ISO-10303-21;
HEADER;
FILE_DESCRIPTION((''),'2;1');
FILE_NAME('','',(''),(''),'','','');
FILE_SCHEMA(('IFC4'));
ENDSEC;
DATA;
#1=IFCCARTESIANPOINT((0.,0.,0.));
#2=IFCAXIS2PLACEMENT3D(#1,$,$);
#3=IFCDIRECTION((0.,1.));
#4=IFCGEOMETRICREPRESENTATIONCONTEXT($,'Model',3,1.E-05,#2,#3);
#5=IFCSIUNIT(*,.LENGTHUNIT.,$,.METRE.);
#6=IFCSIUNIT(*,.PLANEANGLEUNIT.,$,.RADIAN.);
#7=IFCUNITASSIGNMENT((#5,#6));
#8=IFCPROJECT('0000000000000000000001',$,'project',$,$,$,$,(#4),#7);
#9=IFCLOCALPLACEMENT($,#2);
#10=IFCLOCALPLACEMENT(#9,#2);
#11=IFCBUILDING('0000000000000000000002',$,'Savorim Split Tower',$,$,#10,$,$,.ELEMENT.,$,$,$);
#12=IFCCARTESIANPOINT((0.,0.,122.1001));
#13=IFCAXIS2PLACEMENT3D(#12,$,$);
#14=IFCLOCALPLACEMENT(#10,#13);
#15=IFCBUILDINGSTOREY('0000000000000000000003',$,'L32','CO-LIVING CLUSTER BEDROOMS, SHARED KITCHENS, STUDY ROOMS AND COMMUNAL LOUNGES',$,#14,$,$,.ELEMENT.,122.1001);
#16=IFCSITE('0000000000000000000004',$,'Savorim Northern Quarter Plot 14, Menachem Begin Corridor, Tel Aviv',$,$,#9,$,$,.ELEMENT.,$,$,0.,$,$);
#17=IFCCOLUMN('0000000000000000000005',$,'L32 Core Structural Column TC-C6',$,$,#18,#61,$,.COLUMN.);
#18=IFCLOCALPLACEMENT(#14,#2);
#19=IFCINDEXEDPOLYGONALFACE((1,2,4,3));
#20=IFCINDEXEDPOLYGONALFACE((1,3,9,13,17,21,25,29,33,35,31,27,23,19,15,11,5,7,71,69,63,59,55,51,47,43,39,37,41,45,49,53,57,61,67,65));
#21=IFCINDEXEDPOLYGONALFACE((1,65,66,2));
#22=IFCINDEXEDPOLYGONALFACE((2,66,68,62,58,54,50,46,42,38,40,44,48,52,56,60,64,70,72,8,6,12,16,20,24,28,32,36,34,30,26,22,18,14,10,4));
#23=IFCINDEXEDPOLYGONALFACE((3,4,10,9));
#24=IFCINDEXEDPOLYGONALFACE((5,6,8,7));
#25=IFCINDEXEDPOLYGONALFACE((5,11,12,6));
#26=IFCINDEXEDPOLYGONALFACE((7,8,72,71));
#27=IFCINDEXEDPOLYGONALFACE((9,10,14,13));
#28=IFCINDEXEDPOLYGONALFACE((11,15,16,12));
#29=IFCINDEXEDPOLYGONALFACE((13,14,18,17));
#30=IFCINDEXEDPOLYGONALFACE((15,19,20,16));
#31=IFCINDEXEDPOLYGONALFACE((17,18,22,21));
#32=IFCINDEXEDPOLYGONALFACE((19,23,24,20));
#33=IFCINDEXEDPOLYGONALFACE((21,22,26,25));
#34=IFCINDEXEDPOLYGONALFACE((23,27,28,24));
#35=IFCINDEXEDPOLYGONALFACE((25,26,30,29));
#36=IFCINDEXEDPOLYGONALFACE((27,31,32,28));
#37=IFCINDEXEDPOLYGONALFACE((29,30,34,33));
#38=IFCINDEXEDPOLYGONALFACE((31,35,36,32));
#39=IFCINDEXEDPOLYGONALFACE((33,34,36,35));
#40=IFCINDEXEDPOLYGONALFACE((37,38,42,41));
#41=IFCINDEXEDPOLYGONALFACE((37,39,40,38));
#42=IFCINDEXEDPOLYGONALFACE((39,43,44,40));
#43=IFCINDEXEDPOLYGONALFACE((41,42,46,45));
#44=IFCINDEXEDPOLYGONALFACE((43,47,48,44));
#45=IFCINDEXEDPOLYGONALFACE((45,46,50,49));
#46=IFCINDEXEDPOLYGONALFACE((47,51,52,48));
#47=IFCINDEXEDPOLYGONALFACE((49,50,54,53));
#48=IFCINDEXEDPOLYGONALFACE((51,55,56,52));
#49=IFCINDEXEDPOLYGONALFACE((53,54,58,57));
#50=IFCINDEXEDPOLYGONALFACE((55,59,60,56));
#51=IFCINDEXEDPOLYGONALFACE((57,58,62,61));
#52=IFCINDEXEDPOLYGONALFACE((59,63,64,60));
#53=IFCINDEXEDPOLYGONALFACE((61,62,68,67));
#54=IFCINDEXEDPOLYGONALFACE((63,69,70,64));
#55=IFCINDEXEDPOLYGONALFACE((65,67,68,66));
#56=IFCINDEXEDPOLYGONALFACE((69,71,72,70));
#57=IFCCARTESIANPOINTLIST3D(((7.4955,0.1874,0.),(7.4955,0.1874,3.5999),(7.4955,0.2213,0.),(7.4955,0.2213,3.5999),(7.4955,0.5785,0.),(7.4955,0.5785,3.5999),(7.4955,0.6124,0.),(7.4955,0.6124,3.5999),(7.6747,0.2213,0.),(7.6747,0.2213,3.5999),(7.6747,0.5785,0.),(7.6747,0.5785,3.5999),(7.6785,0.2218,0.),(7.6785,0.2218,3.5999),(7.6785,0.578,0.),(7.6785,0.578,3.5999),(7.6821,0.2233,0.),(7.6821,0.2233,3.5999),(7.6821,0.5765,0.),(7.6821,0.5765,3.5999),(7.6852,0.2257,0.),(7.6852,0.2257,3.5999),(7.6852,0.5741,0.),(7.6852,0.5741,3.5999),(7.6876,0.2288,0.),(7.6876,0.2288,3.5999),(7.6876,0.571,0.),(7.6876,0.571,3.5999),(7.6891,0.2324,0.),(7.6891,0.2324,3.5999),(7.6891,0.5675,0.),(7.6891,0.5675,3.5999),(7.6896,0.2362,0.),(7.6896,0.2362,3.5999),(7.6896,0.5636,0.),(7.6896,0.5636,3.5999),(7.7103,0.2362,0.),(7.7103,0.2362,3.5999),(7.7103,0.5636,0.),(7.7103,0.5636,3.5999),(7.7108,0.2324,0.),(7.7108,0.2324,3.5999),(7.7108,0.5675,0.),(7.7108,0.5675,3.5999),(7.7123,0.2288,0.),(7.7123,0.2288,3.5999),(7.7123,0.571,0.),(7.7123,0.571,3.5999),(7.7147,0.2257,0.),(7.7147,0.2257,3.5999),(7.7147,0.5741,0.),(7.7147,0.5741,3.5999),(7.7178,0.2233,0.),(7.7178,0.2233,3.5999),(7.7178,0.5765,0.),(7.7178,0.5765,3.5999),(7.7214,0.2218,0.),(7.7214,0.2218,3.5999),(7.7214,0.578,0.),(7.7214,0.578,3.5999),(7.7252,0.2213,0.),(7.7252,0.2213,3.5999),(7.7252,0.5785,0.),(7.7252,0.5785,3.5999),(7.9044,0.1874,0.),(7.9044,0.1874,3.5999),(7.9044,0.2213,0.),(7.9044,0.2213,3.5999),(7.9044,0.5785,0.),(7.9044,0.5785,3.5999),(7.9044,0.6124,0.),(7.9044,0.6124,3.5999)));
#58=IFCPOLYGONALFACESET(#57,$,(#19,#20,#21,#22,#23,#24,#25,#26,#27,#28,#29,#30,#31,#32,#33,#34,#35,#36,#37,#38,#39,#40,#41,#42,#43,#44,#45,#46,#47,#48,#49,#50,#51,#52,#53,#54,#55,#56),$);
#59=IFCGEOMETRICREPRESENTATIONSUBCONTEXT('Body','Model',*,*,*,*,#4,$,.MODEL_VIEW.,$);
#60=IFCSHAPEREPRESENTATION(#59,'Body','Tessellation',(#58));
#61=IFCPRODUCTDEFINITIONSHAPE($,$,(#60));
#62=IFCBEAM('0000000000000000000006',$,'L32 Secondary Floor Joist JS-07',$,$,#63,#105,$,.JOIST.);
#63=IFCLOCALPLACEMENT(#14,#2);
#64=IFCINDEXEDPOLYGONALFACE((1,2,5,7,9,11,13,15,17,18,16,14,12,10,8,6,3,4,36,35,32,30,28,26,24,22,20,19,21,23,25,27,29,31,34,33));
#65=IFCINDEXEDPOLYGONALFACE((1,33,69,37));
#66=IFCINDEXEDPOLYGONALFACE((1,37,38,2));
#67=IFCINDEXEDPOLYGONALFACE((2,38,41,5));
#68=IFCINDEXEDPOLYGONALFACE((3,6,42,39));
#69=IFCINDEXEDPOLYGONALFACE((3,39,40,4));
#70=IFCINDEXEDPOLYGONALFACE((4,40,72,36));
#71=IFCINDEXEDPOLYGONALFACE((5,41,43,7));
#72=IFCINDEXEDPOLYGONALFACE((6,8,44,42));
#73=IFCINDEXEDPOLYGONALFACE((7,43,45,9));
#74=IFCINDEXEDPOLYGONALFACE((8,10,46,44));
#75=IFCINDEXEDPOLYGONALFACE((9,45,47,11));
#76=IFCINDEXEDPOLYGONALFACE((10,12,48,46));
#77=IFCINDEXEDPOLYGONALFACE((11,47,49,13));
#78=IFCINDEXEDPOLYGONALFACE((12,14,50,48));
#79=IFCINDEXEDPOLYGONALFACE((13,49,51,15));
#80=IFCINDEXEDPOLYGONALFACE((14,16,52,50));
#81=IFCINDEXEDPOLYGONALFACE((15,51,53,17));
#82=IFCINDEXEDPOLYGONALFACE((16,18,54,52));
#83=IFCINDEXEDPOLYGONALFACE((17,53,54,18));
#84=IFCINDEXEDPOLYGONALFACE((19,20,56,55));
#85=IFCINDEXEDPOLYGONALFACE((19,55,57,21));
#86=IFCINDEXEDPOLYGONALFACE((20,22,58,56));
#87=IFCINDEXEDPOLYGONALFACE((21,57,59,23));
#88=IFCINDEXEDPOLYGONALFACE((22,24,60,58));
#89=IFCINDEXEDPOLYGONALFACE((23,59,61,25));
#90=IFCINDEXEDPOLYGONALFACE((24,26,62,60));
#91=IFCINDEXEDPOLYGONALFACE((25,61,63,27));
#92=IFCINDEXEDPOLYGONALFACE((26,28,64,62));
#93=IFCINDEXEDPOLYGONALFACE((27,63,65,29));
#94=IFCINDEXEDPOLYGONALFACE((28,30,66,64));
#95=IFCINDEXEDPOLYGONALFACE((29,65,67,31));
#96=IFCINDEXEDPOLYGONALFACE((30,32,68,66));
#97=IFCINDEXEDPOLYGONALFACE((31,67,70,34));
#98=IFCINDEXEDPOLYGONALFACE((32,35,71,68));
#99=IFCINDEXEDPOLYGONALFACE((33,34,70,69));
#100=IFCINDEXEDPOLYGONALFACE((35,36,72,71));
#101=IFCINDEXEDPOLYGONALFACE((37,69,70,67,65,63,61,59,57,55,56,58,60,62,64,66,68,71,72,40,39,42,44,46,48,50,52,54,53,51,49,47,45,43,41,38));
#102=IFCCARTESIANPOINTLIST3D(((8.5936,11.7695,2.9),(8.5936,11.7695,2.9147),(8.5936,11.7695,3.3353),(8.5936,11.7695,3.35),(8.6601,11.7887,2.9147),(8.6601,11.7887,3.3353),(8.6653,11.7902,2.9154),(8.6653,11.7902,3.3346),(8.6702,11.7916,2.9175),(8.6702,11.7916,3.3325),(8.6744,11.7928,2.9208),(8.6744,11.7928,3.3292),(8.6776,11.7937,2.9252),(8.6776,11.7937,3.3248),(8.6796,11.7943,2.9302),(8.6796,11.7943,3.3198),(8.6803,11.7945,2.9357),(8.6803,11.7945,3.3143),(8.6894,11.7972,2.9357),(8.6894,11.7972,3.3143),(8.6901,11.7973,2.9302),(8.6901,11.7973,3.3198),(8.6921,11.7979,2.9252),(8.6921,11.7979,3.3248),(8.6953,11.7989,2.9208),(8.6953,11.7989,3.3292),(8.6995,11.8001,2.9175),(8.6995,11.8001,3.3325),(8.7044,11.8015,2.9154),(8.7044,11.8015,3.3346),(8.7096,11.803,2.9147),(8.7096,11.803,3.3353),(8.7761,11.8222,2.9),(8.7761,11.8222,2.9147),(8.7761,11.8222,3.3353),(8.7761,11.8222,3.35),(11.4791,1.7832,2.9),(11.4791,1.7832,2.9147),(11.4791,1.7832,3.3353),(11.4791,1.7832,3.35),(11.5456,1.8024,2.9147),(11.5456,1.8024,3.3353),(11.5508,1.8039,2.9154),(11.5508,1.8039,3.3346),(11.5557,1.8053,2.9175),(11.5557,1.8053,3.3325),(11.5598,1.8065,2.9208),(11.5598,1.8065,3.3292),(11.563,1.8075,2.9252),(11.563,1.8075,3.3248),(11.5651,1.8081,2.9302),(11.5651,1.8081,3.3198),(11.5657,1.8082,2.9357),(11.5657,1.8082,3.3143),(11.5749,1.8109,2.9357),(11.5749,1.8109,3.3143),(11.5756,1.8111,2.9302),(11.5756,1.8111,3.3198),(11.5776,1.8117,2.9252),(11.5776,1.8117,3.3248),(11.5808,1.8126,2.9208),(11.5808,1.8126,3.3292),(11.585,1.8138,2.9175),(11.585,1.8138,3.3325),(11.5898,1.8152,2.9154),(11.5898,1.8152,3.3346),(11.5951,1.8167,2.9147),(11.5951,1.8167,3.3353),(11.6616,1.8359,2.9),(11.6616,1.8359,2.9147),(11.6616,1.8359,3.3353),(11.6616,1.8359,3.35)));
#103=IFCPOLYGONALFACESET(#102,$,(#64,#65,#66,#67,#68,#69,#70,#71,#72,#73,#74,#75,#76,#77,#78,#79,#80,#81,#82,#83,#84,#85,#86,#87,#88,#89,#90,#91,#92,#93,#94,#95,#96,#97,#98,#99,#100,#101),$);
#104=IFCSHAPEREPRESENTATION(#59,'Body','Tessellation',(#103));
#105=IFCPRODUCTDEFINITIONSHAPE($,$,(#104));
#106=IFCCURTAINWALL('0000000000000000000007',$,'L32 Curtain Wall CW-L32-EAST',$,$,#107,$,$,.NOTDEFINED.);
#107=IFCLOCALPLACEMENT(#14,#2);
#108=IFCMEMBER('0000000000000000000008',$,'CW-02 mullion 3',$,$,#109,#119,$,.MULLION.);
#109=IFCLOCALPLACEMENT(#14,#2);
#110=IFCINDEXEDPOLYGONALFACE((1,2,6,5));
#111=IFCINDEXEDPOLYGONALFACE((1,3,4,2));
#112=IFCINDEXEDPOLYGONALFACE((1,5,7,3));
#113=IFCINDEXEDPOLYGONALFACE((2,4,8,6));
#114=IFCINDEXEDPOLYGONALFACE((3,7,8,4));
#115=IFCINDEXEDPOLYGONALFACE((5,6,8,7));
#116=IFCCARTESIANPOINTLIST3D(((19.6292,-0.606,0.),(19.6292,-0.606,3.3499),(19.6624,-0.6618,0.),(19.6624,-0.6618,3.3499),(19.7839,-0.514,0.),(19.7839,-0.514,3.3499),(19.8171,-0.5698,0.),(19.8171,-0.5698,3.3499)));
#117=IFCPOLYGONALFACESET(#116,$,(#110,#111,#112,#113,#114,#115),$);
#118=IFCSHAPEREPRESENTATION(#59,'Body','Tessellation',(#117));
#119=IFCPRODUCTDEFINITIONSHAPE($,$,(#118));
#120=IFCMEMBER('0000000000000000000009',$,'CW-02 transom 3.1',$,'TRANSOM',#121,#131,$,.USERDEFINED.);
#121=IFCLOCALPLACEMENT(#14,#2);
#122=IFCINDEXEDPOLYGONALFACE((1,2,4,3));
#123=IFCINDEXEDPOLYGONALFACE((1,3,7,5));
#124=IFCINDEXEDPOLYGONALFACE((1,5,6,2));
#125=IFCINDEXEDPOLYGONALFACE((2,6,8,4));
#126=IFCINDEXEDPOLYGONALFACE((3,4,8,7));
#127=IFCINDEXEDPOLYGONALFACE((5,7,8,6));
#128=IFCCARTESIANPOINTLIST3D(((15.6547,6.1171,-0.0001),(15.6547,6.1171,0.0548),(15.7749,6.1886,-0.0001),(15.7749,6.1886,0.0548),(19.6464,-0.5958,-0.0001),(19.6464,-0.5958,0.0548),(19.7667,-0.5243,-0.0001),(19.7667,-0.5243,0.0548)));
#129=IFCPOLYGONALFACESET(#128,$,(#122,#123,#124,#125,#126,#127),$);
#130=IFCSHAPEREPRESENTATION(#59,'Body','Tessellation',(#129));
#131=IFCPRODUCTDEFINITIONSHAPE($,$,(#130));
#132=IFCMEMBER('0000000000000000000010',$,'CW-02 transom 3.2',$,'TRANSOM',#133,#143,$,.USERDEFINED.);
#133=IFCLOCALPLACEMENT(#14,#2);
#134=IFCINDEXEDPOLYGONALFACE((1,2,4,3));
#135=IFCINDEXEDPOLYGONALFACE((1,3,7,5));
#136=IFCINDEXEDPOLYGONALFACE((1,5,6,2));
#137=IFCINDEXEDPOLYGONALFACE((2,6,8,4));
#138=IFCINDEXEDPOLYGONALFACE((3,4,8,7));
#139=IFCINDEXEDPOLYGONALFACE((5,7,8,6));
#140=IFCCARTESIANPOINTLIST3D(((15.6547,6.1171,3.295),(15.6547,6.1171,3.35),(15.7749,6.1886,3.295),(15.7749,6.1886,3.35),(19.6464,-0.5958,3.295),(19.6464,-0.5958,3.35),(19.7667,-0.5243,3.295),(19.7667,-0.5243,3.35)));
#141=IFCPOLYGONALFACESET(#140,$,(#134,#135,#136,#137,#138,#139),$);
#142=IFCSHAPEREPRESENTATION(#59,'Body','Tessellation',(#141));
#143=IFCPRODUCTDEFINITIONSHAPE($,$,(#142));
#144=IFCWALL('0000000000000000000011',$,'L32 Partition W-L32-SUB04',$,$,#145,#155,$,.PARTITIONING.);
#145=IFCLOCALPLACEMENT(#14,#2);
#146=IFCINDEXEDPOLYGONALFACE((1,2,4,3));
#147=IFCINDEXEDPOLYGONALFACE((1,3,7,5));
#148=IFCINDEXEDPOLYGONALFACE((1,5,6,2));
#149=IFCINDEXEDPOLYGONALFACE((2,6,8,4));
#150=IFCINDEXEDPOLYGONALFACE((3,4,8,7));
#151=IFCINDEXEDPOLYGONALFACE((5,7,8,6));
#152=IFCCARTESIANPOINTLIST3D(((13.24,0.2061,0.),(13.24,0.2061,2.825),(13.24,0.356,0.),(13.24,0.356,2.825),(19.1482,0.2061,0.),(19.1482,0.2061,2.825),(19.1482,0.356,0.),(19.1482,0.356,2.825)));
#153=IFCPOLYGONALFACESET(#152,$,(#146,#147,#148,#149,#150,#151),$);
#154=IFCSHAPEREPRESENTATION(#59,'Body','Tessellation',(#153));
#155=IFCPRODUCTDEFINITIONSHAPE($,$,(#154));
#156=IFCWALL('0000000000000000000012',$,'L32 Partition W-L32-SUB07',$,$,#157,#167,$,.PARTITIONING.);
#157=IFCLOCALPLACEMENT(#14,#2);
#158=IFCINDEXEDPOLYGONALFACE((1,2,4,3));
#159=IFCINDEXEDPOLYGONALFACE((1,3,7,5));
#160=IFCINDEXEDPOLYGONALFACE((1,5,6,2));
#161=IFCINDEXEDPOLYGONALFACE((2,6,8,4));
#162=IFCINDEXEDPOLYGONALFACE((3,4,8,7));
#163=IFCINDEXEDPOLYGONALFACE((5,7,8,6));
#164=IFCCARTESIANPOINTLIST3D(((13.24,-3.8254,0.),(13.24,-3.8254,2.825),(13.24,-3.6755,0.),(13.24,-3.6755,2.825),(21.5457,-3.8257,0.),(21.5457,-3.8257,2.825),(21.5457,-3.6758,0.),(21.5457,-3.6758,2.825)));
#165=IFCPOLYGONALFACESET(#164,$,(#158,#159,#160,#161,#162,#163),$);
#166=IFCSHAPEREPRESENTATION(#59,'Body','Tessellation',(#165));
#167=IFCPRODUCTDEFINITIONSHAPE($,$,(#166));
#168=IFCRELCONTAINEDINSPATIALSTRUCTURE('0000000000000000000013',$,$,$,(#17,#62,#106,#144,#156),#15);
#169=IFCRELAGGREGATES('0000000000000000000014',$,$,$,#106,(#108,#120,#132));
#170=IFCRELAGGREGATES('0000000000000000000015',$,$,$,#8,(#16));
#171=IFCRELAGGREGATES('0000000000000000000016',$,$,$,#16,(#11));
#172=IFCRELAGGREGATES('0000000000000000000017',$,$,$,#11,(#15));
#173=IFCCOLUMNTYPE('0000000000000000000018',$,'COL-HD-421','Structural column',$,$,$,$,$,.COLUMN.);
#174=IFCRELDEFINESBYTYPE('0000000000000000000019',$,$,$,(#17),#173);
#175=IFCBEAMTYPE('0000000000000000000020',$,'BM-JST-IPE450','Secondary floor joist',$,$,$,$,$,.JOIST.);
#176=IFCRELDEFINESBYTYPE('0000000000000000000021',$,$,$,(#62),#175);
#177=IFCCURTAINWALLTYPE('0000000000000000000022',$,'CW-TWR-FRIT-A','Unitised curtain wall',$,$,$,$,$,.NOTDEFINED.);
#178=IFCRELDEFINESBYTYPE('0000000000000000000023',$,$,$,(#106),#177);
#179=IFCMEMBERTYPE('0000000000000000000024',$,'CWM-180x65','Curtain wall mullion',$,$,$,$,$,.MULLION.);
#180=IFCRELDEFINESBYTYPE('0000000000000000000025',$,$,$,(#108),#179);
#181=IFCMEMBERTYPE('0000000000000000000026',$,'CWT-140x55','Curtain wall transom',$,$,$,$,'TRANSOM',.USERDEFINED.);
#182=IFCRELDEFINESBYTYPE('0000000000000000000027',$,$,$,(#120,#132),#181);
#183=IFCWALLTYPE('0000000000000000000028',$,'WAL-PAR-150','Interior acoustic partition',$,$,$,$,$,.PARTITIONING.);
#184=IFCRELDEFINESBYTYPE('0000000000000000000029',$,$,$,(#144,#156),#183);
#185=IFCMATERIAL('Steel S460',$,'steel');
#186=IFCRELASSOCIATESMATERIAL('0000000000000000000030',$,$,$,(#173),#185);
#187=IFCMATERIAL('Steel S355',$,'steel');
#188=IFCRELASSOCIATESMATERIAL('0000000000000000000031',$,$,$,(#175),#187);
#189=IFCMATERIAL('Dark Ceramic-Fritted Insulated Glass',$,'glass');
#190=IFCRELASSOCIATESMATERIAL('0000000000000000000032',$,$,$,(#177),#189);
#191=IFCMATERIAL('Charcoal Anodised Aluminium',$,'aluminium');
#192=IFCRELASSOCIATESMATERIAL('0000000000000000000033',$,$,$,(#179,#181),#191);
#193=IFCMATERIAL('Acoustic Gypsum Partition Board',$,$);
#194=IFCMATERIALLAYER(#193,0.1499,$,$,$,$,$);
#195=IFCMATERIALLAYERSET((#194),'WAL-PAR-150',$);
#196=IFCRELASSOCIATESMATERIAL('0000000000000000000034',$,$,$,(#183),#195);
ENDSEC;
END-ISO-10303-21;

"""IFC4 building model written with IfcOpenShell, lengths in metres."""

from ifc_helpers import new_model, si_unit, direction, frame, frame_2d, origin, origin_2d, place, context, subcontext, project, spatial, rectangle, i_section, extrude, material, layer, layer_set, material_profile, profile_set, type_object, element, aggregate, save


model = new_model("IFC4")

# Units and contexts
model_context = context("Model", 3, precision=1e-05, world=origin(), true_north=direction((0.0, 1.0)))
body_context = subcontext(model_context, "Body", "Model", "MODEL_VIEW")
ifc_project = project(units=[si_unit("LENGTHUNIT", "METRE"), si_unit("PLANEANGLEUNIT", "RADIAN")], contexts=[model_context])

# Site, building, storey
site_placement = place(None, origin())
site = spatial("IfcSite", under=ifc_project, at=site_placement, Name="Savorim Northern Quarter Plot 14, Menachem Begin Corridor, Tel Aviv", CompositionType="ELEMENT", RefElevation=0.0)
building_placement = place(site_placement, origin())
building = spatial("IfcBuilding", under=site, at=building_placement, Name="Savorim Split Tower", CompositionType="ELEMENT")
storey_placement = place(building_placement, frame((0.0, 0.0, 122.1001)))
storey = spatial("IfcBuildingStorey", under=building, at=storey_placement, Name="L32", Description="CO-LIVING CLUSTER BEDROOMS, SHARED KITCHENS, STUDY ROOMS AND COMMUNAL LOUNGES", CompositionType="ELEMENT", Elevation=122.1001)

# Column
ifc_material_1 = material(Name="Steel S460", Category="steel")
ifc_material_profile_1 = material_profile(ifc_material_1, i_section(OverallWidth=0.4089, OverallDepth=0.425, WebThickness=0.0208, FlangeThickness=0.0339, FilletRadius=0.0149, at=origin_2d()), Name="HD 400x421")
ifc_profile_set_1 = profile_set([ifc_material_profile_1], Name="Steel S460")
column_type = type_object("IfcColumnType", Name="COL-HD-421", Description="Structural column", PredefinedType="COLUMN", material=ifc_profile_set_1)
column_placement = place(storey_placement, frame((7.7, 0.3999, 0.0), z_axis=(0.0, 0.0, 1.0), x_axis=(1.0, 0.0, 0.0)))
element("IfcColumn", 1, at=column_placement, inside=storey, type_object=column_type, Name="L32 Core Structural Column TC-C6", PredefinedType="COLUMN", context=body_context, shape_type="SweptSolid", body=[
    extrude(i_section(OverallWidth=0.4089, OverallDepth=0.425, WebThickness=0.0208, FlangeThickness=0.0339, FilletRadius=0.0149, at=origin_2d()), origin(), (0.0, 0.0, 1.0), 3.5999),
])

# Beam
ifc_material_2 = material(Name="Steel S355", Category="steel")
ifc_material_profile_2 = material_profile(ifc_material_2, i_section(OverallWidth=0.1899, OverallDepth=0.45, WebThickness=0.0095, FlangeThickness=0.0146, FilletRadius=0.021, at=origin_2d()), Name="IPE 450")
ifc_profile_set_2 = profile_set([ifc_material_profile_2], Name="Steel S355")
beam_type = type_object("IfcBeamType", Name="BM-JST-IPE450", Description="Secondary floor joist", PredefinedType="JOIST", material=ifc_profile_set_2)
beam_placement = place(storey_placement, frame((11.5703, 1.8096, 3.125), z_axis=(-0.277589, 0.9607, 0.0), x_axis=(-0.9607, -0.277589, 0.0)))
element("IfcBeam", 2, at=beam_placement, inside=storey, type_object=beam_type, Name="L32 Secondary Floor Joist JS-07", PredefinedType="JOIST", context=body_context, shape_type="SweptSolid", body=[
    extrude(i_section(OverallWidth=0.1899, OverallDepth=0.45, WebThickness=0.0095, FlangeThickness=0.0146, FilletRadius=0.021, at=origin_2d()), origin(), (0.0, 0.0, 1.0), 10.3948),
])

# Curtain wall, members
ifc_material_3 = material(Name="Dark Ceramic-Fritted Insulated Glass", Category="glass")
curtain_wall_type = type_object("IfcCurtainWallType", Name="CW-TWR-FRIT-A", Description="Unitised curtain wall", PredefinedType="NOTDEFINED", material=ifc_material_3)
curtain_wall_placement = place(storey_placement, origin())
curtain_wall = element("IfcCurtainWall", 3, at=curtain_wall_placement, inside=storey, type_object=curtain_wall_type, Name="L32 Curtain Wall CW-L32-EAST", PredefinedType="NOTDEFINED")
ifc_material_4 = material(Name="Charcoal Anodised Aluminium", Category="aluminium")
ifc_material_profile_3 = material_profile(ifc_material_4, rectangle(XDim=0.1799, YDim=0.0649, at=origin_2d()), Name="ALU-M 180x65")
ifc_profile_set_3 = profile_set([ifc_material_profile_3], Name="Charcoal Anodised Aluminium")
member_type_1 = type_object("IfcMemberType", Name="CWM-180x65", Description="Curtain wall mullion", PredefinedType="MULLION", material=ifc_profile_set_3)
member_1_placement = place(storey_placement, frame((19.7231, -0.5879, 0.0), z_axis=(0.0, 0.0, 1.0), x_axis=(-0.859525, -0.511093, 0.0)))
member_1 = element("IfcMember", 4, at=member_1_placement, type_object=member_type_1, Name="CW-02 mullion 3", PredefinedType="MULLION", context=body_context, shape_type="SweptSolid", body=[
    extrude(rectangle(XDim=0.1799, YDim=0.0649, at=origin_2d()), origin(), (0.0, 0.0, 1.0), 3.3499),
])
ifc_material_profile_4 = material_profile(ifc_material_4, rectangle(XDim=0.1399, YDim=0.0549, at=origin_2d()), Name="ALU-T 140x55")
ifc_profile_set_4 = profile_set([ifc_material_profile_4], Name="Charcoal Anodised Aluminium")
member_type_2 = type_object("IfcMemberType", Name="CWT-140x55", Description="Curtain wall transom", ElementType="TRANSOM", PredefinedType="USERDEFINED", material=ifc_profile_set_4)
member_2_placement = place(storey_placement, frame((19.7065, -0.5601, 0.0273), z_axis=(-0.511099, 0.859522, 0.0), x_axis=(-0.859522, -0.511099, 0.0)))
member_2 = element("IfcMember", 5, at=member_2_placement, type_object=member_type_2, Name="CW-02 transom 3.1", ObjectType="TRANSOM", PredefinedType="USERDEFINED", context=body_context, shape_type="SweptSolid", body=[
    extrude(rectangle(XDim=0.1399, YDim=0.0549, at=origin_2d()), origin(), (0.0, 0.0, 1.0), 7.8101),
])
member_3_placement = place(storey_placement, frame((19.7065, -0.5601, 3.3225), z_axis=(-0.511099, 0.859522, 0.0), x_axis=(-0.859522, -0.511099, 0.0)))
member_3 = element("IfcMember", 6, at=member_3_placement, type_object=member_type_2, Name="CW-02 transom 3.2", ObjectType="TRANSOM", PredefinedType="USERDEFINED", context=body_context, shape_type="SweptSolid", body=[
    extrude(rectangle(XDim=0.1399, YDim=0.0549, at=origin_2d()), origin(), (0.0, 0.0, 1.0), 7.8101),
])
aggregate(curtain_wall, [member_1, member_2, member_3])

# Walls
ifc_material_5 = material(Name="Acoustic Gypsum Partition Board")
ifc_layer_1 = layer(ifc_material_5, 0.1499)
ifc_layer_set_1 = layer_set([ifc_layer_1], Name="WAL-PAR-150")
wall_type = type_object("IfcWallType", Name="WAL-PAR-150", Description="Interior acoustic partition", PredefinedType="PARTITIONING", material=ifc_layer_set_1)
wall_1_placement = place(storey_placement, frame((13.24, 0.281, 0.0), z_axis=(0.0, 0.0, 1.0), x_axis=(1.0, 0.0, 0.0)))
element("IfcWall", 7, at=wall_1_placement, inside=storey, type_object=wall_type, Name="L32 Partition W-L32-SUB04", PredefinedType="PARTITIONING", context=body_context, shape_type="SweptSolid", body=[
    extrude(rectangle(XDim=5.9082, YDim=0.1499, at=frame_2d((2.9541, 0.0))), origin(), (0.0, 0.0, 1.0), 2.825),
])
wall_2_placement = place(storey_placement, frame((13.24, -3.7505, 0.0), z_axis=(0.0, 0.0, 1.0), x_axis=(1.0, -0.000029, 0.0)))
element("IfcWall", 8, at=wall_2_placement, inside=storey, type_object=wall_type, Name="L32 Partition W-L32-SUB07", PredefinedType="PARTITIONING", context=body_context, shape_type="SweptSolid", body=[
    extrude(rectangle(XDim=8.3057, YDim=0.1499, at=frame_2d((4.1528, 0.0))), origin(), (0.0, 0.0, 1.0), 2.825),
])

save(model, "model.ifc")
